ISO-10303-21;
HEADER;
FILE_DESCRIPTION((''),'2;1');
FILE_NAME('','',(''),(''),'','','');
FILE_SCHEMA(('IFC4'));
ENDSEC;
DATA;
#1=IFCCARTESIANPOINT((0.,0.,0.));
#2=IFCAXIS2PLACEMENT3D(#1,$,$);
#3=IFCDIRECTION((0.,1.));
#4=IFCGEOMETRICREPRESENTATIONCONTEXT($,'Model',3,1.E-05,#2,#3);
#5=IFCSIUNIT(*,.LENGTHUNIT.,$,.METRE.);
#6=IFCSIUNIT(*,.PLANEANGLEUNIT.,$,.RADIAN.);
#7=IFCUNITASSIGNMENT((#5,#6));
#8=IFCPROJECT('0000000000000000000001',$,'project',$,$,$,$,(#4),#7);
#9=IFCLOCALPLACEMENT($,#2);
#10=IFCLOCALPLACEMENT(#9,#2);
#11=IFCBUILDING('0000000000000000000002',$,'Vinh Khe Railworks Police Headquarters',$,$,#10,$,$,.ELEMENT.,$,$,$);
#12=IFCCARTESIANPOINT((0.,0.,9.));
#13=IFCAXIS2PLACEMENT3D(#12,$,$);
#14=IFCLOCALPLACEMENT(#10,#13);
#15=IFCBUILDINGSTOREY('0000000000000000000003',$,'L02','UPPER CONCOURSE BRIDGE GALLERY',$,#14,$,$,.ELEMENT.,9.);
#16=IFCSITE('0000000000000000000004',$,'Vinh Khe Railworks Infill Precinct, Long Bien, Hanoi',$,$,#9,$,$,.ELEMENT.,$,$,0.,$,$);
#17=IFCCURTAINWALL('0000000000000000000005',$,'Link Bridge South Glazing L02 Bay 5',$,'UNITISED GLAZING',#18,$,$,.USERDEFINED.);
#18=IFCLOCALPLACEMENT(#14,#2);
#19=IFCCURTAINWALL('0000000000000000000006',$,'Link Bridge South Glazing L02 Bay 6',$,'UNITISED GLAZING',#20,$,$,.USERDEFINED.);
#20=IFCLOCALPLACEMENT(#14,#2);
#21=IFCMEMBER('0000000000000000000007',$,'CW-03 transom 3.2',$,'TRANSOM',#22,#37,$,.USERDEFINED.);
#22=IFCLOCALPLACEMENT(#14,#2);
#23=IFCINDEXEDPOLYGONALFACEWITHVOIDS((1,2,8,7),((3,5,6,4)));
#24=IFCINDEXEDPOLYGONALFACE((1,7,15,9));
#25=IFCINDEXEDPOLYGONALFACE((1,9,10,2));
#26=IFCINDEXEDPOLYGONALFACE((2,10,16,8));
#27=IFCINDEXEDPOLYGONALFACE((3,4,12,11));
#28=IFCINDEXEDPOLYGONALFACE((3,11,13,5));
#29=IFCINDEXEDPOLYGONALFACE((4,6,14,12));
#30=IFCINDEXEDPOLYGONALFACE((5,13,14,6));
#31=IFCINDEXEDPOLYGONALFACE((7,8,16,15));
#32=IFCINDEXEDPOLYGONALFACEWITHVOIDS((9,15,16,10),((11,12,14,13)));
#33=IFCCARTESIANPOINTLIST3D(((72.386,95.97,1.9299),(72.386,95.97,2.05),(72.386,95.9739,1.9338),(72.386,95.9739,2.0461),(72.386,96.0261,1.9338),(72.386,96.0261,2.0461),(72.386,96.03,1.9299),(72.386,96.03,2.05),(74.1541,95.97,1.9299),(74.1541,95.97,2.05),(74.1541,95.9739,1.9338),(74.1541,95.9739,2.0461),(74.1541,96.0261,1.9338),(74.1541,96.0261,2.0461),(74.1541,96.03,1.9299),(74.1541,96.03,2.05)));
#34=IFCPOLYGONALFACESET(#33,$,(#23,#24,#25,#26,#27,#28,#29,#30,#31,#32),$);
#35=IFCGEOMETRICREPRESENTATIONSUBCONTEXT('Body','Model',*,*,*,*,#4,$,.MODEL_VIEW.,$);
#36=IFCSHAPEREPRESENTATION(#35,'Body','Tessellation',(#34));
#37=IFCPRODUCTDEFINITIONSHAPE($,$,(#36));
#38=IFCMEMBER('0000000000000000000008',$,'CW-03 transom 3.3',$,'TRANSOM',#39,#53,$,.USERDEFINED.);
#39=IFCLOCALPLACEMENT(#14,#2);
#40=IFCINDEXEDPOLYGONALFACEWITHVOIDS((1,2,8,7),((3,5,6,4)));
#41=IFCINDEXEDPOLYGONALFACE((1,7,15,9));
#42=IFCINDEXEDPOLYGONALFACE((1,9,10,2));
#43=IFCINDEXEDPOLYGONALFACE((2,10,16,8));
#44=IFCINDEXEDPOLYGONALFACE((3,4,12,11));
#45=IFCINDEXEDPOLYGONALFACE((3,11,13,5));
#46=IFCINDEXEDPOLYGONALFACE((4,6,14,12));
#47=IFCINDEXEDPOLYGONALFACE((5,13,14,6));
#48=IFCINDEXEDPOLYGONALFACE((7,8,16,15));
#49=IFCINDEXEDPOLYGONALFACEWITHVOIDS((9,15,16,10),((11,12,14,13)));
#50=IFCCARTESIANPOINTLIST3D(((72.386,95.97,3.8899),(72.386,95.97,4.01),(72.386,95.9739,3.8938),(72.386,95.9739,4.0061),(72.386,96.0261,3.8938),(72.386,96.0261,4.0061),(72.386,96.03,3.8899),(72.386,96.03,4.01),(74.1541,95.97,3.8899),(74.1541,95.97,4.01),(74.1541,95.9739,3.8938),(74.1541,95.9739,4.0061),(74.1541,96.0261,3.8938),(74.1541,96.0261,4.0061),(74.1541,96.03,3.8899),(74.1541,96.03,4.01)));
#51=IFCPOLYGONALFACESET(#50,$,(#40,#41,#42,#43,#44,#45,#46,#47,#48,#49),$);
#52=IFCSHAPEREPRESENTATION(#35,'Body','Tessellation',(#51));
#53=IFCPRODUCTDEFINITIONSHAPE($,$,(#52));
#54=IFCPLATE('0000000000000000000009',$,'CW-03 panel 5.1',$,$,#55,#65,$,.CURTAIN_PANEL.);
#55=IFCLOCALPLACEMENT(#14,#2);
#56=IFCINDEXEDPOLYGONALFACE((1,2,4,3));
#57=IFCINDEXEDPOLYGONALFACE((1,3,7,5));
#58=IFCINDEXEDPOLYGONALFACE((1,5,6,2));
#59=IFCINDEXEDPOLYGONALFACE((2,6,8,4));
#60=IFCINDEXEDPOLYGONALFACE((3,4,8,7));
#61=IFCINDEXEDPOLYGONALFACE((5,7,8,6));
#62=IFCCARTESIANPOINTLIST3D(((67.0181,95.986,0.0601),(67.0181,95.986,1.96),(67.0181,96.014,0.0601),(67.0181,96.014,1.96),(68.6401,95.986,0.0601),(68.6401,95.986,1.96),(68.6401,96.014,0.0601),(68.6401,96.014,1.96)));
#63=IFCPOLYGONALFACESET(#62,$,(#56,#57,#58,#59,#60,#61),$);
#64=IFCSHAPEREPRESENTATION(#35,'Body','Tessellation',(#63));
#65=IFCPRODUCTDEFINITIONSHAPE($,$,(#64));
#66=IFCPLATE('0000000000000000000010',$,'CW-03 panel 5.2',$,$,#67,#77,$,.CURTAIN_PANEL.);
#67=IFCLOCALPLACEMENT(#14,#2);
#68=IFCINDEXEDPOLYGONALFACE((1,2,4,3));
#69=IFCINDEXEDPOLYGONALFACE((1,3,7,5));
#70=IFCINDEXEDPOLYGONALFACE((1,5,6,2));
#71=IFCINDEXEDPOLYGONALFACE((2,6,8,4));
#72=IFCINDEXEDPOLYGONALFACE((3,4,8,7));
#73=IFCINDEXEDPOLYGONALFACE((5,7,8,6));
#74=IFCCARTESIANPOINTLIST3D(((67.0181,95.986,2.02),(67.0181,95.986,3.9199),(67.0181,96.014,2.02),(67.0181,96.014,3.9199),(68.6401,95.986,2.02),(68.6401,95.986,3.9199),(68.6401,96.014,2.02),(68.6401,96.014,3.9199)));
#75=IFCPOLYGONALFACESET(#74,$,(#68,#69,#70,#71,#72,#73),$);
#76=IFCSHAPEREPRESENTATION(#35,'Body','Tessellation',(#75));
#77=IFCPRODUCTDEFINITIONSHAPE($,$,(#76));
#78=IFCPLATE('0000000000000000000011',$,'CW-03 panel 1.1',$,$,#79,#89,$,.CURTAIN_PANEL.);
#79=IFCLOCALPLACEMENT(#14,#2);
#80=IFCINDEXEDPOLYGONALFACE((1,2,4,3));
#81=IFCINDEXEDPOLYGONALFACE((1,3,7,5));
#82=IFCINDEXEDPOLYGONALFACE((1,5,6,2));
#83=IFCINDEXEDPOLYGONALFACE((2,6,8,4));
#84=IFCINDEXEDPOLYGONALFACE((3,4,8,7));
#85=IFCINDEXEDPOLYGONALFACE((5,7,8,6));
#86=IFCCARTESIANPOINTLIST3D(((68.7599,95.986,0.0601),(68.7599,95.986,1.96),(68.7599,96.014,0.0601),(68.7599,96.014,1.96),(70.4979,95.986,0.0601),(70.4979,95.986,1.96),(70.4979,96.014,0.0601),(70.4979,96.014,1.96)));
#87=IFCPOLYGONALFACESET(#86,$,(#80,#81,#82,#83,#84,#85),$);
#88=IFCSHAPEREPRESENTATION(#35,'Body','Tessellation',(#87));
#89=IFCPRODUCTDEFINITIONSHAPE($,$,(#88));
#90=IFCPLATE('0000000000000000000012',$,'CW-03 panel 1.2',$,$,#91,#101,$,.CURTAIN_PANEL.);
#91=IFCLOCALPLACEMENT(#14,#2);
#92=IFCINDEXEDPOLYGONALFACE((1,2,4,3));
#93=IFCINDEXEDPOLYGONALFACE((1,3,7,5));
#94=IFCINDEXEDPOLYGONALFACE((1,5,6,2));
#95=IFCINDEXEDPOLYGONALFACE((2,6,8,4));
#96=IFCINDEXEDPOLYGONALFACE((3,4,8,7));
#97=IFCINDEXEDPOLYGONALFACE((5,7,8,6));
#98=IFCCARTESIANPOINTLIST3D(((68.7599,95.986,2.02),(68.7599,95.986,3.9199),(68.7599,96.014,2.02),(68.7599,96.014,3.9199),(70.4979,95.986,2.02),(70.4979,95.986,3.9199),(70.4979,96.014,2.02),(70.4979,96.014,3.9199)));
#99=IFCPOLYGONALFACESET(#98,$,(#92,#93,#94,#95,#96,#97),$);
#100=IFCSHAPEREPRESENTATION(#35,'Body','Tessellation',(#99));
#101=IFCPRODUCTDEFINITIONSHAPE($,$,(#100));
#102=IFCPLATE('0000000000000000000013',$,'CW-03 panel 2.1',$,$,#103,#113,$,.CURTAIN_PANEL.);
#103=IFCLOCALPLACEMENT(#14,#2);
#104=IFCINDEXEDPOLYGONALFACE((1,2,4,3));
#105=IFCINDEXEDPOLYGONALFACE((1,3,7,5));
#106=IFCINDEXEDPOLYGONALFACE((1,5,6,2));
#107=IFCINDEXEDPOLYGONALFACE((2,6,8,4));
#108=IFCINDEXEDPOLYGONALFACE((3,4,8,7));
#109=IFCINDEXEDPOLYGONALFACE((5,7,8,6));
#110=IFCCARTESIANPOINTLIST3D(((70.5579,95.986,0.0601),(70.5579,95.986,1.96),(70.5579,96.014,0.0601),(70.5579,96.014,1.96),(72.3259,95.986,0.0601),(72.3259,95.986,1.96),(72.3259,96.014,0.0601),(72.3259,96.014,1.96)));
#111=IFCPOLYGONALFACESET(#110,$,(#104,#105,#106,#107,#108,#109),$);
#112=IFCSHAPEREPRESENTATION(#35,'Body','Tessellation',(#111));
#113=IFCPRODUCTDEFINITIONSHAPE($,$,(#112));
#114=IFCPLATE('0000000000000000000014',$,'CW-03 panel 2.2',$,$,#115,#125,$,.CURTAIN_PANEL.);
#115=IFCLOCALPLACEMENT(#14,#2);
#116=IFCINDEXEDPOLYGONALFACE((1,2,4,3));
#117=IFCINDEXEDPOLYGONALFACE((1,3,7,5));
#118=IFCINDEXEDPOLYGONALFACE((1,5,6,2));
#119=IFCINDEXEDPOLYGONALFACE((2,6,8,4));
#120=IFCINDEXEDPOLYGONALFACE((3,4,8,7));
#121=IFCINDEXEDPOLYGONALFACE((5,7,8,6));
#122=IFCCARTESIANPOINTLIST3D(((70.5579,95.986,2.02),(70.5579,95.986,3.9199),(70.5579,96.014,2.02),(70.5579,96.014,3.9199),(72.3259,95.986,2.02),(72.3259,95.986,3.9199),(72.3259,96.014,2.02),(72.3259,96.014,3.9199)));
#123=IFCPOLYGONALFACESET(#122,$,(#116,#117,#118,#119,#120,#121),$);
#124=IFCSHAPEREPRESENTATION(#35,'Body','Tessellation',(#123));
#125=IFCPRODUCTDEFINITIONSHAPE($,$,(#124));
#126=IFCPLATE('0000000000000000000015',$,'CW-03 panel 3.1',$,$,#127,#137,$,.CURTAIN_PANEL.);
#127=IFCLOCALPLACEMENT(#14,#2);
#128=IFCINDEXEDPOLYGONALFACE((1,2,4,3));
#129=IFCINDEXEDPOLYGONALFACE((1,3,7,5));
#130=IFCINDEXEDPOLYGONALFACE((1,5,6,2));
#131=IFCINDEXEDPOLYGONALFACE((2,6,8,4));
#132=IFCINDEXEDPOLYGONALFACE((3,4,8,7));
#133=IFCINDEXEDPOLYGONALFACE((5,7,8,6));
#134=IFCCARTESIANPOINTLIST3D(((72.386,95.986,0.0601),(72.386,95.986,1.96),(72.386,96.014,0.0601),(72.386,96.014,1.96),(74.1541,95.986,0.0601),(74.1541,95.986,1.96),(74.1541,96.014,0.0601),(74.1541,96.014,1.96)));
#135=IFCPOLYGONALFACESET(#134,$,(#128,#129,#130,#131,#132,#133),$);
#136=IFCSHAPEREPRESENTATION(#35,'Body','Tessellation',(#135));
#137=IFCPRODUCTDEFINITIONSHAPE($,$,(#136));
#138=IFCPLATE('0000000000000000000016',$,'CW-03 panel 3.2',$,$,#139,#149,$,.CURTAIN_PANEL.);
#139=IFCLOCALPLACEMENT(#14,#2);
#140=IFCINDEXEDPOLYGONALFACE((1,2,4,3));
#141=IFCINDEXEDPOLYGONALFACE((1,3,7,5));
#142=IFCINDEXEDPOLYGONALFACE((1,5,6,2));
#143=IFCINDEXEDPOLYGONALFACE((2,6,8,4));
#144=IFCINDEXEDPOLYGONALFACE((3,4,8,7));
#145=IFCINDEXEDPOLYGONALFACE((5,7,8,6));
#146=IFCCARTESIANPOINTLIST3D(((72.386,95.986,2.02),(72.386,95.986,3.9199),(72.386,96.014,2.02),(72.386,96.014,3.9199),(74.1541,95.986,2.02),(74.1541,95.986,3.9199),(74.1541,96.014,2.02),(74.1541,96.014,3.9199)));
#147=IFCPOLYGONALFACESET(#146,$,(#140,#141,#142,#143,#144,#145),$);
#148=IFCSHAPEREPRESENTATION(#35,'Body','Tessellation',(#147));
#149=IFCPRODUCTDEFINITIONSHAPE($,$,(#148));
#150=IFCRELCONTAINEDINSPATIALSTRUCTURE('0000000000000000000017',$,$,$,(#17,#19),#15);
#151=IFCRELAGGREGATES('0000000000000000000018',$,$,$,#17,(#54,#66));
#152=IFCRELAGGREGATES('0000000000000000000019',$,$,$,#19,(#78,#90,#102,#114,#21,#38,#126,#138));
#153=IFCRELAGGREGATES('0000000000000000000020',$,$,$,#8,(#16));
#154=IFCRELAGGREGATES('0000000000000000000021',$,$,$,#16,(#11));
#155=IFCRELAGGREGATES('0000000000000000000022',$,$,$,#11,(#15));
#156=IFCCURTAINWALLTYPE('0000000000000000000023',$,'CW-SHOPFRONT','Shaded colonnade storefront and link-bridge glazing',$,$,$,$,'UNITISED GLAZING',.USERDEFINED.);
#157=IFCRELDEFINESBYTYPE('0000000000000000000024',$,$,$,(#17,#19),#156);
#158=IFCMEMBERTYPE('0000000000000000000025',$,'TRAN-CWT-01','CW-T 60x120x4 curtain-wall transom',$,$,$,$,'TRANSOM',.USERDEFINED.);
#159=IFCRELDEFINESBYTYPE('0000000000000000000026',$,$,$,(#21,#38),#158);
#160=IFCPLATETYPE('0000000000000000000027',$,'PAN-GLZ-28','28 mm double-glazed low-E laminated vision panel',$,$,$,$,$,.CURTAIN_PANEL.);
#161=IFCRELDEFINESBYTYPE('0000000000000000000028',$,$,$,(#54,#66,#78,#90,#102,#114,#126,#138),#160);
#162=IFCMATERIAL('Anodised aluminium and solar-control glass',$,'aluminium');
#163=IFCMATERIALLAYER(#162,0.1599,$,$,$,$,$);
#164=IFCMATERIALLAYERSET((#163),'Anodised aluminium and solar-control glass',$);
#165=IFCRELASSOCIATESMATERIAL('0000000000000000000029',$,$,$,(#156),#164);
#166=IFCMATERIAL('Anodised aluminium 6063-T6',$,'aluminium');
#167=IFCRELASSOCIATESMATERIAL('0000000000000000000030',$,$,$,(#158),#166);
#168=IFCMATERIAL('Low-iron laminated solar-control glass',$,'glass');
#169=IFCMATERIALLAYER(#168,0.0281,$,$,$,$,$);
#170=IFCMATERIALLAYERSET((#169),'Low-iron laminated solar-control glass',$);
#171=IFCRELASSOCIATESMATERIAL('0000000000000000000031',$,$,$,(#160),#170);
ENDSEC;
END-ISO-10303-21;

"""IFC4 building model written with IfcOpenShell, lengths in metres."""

from ifc_helpers import new_model, si_unit, direction, frame, origin, origin_2d, place, context, subcontext, project, spatial, rectangle, hollow_rectangle, extrude, material, layer, layer_set, material_profile, profile_set, type_object, element, aggregate, save


model = new_model("IFC4")

# Units and contexts
model_context = context("Model", 3, precision=1e-05, world=origin(), true_north=direction((0.0, 1.0)))
body_context = subcontext(model_context, "Body", "Model", "MODEL_VIEW")
ifc_project = project(units=[si_unit("LENGTHUNIT", "METRE"), si_unit("PLANEANGLEUNIT", "RADIAN")], contexts=[model_context])

# Site, building, storey
site_placement = place(None, origin())
site = spatial("IfcSite", under=ifc_project, at=site_placement, Name="Vinh Khe Railworks Infill Precinct, Long Bien, Hanoi", CompositionType="ELEMENT", RefElevation=0.0)
building_placement = place(site_placement, origin())
building = spatial("IfcBuilding", under=site, at=building_placement, Name="Vinh Khe Railworks Police Headquarters", CompositionType="ELEMENT")
storey_placement = place(building_placement, frame((0.0, 0.0, 9.0)))
storey = spatial("IfcBuildingStorey", under=building, at=storey_placement, Name="L02", Description="UPPER CONCOURSE BRIDGE GALLERY", CompositionType="ELEMENT", Elevation=9.0)

# Curtain wall
ifc_material_1 = material(Name="Anodised aluminium and solar-control glass", Category="aluminium")
ifc_layer_1 = layer(ifc_material_1, 0.1599)
ifc_layer_set_1 = layer_set([ifc_layer_1], Name="Anodised aluminium and solar-control glass")
curtain_wall_type = type_object("IfcCurtainWallType", Name="CW-SHOPFRONT", Description="Shaded colonnade storefront and link-bridge glazing", ElementType="UNITISED GLAZING", PredefinedType="USERDEFINED", material=ifc_layer_set_1)
curtain_wall_1_placement = place(storey_placement, origin())
curtain_wall_1 = element("IfcCurtainWall", 1, at=curtain_wall_1_placement, inside=storey, type_object=curtain_wall_type, Name="Link Bridge South Glazing L02 Bay 5", ObjectType="UNITISED GLAZING", PredefinedType="USERDEFINED")
ifc_material_2 = material(Name="Anodised aluminium 6063-T6", Category="aluminium")

# Curtain wall, members
curtain_wall_2_placement = place(storey_placement, origin())
curtain_wall_2 = element("IfcCurtainWall", 2, at=curtain_wall_2_placement, inside=storey, type_object=curtain_wall_type, Name="Link Bridge South Glazing L02 Bay 6", ObjectType="UNITISED GLAZING", PredefinedType="USERDEFINED")
ifc_material_profile_1 = material_profile(ifc_material_2, hollow_rectangle(XDim=0.0601, YDim=0.1201, WallThickness=0.0039, at=origin_2d()), Name="CW-T 60x120x4")
ifc_profile_set_1 = profile_set([ifc_material_profile_1], Name="Anodised aluminium 6063-T6")
member_type_1 = type_object("IfcMemberType", Name="TRAN-CWT-01", Description="CW-T 60x120x4 curtain-wall transom", ElementType="TRANSOM", PredefinedType="USERDEFINED", material=ifc_profile_set_1)
member_1_placement = place(storey_placement, frame((72.386, 96.0, 1.99), z_axis=(1.0, 0.0, 0.0), x_axis=(0.0, 1.0, 0.0)))
member_1 = element("IfcMember", 3, at=member_1_placement, type_object=member_type_1, Name="CW-03 transom 3.2", ObjectType="TRANSOM", PredefinedType="USERDEFINED", context=body_context, shape_type="SweptSolid", body=[
    extrude(hollow_rectangle(XDim=0.0601, YDim=0.1201, WallThickness=0.0039, at=origin_2d()), origin(), (0.0, 0.0, 1.0), 1.7681),
])
member_2_placement = place(storey_placement, frame((72.386, 96.0, 3.95), z_axis=(1.0, 0.0, 0.0), x_axis=(0.0, 1.0, 0.0)))
member_2 = element("IfcMember", 4, at=member_2_placement, type_object=member_type_1, Name="CW-03 transom 3.3", ObjectType="TRANSOM", PredefinedType="USERDEFINED", context=body_context, shape_type="SweptSolid", body=[
    extrude(hollow_rectangle(XDim=0.0601, YDim=0.1201, WallThickness=0.0039, at=origin_2d()), origin(), (0.0, 0.0, 1.0), 1.7681),
])

# Plates
ifc_material_3 = material(Name="Low-iron laminated solar-control glass", Category="glass")
ifc_layer_2 = layer(ifc_material_3, 0.0281)
ifc_layer_set_2 = layer_set([ifc_layer_2], Name="Low-iron laminated solar-control glass")
plate_type = type_object("IfcPlateType", Name="PAN-GLZ-28", Description="28 mm double-glazed low-E laminated vision panel", PredefinedType="CURTAIN_PANEL", material=ifc_layer_set_2)
plate_1_placement = place(storey_placement, frame((67.8291, 96.0, 0.0601), z_axis=(0.0, 0.0, 1.0), x_axis=(1.0, 0.0, 0.0)))
plate_1 = element("IfcPlate", 5, at=plate_1_placement, type_object=plate_type, Name="CW-03 panel 5.1", PredefinedType="CURTAIN_PANEL", context=body_context, shape_type="SweptSolid", body=[
    extrude(rectangle(XDim=1.6221, YDim=0.0281, at=origin_2d()), origin(), (0.0, 0.0, 1.0), 1.8999),
])
plate_2_placement = place(storey_placement, frame((67.8291, 96.0, 2.02), z_axis=(0.0, 0.0, 1.0), x_axis=(1.0, 0.0, 0.0)))
plate_2 = element("IfcPlate", 6, at=plate_2_placement, type_object=plate_type, Name="CW-03 panel 5.2", PredefinedType="CURTAIN_PANEL", context=body_context, shape_type="SweptSolid", body=[
    extrude(rectangle(XDim=1.6221, YDim=0.0281, at=origin_2d()), origin(), (0.0, 0.0, 1.0), 1.8999),
])
aggregate(curtain_wall_1, [plate_1, plate_2])
plate_3_placement = place(storey_placement, frame((69.6289, 96.0, 0.0601), z_axis=(0.0, 0.0, 1.0), x_axis=(1.0, 0.0, 0.0)))
plate_3 = element("IfcPlate", 7, at=plate_3_placement, type_object=plate_type, Name="CW-03 panel 1.1", PredefinedType="CURTAIN_PANEL", context=body_context, shape_type="SweptSolid", body=[
    extrude(rectangle(XDim=1.738, YDim=0.0281, at=origin_2d()), origin(), (0.0, 0.0, 1.0), 1.8999),
])
plate_4_placement = place(storey_placement, frame((69.6289, 96.0, 2.02), z_axis=(0.0, 0.0, 1.0), x_axis=(1.0, 0.0, 0.0)))
plate_4 = element("IfcPlate", 8, at=plate_4_placement, type_object=plate_type, Name="CW-03 panel 1.2", PredefinedType="CURTAIN_PANEL", context=body_context, shape_type="SweptSolid", body=[
    extrude(rectangle(XDim=1.738, YDim=0.0281, at=origin_2d()), origin(), (0.0, 0.0, 1.0), 1.8999),
])
plate_5_placement = place(storey_placement, frame((71.4419, 96.0, 0.0601), z_axis=(0.0, 0.0, 1.0), x_axis=(1.0, 0.0, 0.0)))
plate_5 = element("IfcPlate", 9, at=plate_5_placement, type_object=plate_type, Name="CW-03 panel 2.1", PredefinedType="CURTAIN_PANEL", context=body_context, shape_type="SweptSolid", body=[
    extrude(rectangle(XDim=1.7681, YDim=0.0281, at=origin_2d()), origin(), (0.0, 0.0, 1.0), 1.8999),
])
plate_6_placement = place(storey_placement, frame((71.4419, 96.0, 2.02), z_axis=(0.0, 0.0, 1.0), x_axis=(1.0, 0.0, 0.0)))
plate_6 = element("IfcPlate", 10, at=plate_6_placement, type_object=plate_type, Name="CW-03 panel 2.2", PredefinedType="CURTAIN_PANEL", context=body_context, shape_type="SweptSolid", body=[
    extrude(rectangle(XDim=1.7681, YDim=0.0281, at=origin_2d()), origin(), (0.0, 0.0, 1.0), 1.8999),
])
plate_7_placement = place(storey_placement, frame((73.27, 96.0, 0.0601), z_axis=(0.0, 0.0, 1.0), x_axis=(1.0, 0.0, 0.0)))
plate_7 = element("IfcPlate", 11, at=plate_7_placement, type_object=plate_type, Name="CW-03 panel 3.1", PredefinedType="CURTAIN_PANEL", context=body_context, shape_type="SweptSolid", body=[
    extrude(rectangle(XDim=1.7681, YDim=0.0281, at=origin_2d()), origin(), (0.0, 0.0, 1.0), 1.8999),
])
plate_8_placement = place(storey_placement, frame((73.27, 96.0, 2.02), z_axis=(0.0, 0.0, 1.0), x_axis=(1.0, 0.0, 0.0)))
plate_8 = element("IfcPlate", 12, at=plate_8_placement, type_object=plate_type, Name="CW-03 panel 3.2", PredefinedType="CURTAIN_PANEL", context=body_context, shape_type="SweptSolid", body=[
    extrude(rectangle(XDim=1.7681, YDim=0.0281, at=origin_2d()), origin(), (0.0, 0.0, 1.0), 1.8999),
])
aggregate(curtain_wall_2, [plate_3, plate_4, plate_5, plate_6, member_1, member_2, plate_7, plate_8])

save(model, "model.ifc")
